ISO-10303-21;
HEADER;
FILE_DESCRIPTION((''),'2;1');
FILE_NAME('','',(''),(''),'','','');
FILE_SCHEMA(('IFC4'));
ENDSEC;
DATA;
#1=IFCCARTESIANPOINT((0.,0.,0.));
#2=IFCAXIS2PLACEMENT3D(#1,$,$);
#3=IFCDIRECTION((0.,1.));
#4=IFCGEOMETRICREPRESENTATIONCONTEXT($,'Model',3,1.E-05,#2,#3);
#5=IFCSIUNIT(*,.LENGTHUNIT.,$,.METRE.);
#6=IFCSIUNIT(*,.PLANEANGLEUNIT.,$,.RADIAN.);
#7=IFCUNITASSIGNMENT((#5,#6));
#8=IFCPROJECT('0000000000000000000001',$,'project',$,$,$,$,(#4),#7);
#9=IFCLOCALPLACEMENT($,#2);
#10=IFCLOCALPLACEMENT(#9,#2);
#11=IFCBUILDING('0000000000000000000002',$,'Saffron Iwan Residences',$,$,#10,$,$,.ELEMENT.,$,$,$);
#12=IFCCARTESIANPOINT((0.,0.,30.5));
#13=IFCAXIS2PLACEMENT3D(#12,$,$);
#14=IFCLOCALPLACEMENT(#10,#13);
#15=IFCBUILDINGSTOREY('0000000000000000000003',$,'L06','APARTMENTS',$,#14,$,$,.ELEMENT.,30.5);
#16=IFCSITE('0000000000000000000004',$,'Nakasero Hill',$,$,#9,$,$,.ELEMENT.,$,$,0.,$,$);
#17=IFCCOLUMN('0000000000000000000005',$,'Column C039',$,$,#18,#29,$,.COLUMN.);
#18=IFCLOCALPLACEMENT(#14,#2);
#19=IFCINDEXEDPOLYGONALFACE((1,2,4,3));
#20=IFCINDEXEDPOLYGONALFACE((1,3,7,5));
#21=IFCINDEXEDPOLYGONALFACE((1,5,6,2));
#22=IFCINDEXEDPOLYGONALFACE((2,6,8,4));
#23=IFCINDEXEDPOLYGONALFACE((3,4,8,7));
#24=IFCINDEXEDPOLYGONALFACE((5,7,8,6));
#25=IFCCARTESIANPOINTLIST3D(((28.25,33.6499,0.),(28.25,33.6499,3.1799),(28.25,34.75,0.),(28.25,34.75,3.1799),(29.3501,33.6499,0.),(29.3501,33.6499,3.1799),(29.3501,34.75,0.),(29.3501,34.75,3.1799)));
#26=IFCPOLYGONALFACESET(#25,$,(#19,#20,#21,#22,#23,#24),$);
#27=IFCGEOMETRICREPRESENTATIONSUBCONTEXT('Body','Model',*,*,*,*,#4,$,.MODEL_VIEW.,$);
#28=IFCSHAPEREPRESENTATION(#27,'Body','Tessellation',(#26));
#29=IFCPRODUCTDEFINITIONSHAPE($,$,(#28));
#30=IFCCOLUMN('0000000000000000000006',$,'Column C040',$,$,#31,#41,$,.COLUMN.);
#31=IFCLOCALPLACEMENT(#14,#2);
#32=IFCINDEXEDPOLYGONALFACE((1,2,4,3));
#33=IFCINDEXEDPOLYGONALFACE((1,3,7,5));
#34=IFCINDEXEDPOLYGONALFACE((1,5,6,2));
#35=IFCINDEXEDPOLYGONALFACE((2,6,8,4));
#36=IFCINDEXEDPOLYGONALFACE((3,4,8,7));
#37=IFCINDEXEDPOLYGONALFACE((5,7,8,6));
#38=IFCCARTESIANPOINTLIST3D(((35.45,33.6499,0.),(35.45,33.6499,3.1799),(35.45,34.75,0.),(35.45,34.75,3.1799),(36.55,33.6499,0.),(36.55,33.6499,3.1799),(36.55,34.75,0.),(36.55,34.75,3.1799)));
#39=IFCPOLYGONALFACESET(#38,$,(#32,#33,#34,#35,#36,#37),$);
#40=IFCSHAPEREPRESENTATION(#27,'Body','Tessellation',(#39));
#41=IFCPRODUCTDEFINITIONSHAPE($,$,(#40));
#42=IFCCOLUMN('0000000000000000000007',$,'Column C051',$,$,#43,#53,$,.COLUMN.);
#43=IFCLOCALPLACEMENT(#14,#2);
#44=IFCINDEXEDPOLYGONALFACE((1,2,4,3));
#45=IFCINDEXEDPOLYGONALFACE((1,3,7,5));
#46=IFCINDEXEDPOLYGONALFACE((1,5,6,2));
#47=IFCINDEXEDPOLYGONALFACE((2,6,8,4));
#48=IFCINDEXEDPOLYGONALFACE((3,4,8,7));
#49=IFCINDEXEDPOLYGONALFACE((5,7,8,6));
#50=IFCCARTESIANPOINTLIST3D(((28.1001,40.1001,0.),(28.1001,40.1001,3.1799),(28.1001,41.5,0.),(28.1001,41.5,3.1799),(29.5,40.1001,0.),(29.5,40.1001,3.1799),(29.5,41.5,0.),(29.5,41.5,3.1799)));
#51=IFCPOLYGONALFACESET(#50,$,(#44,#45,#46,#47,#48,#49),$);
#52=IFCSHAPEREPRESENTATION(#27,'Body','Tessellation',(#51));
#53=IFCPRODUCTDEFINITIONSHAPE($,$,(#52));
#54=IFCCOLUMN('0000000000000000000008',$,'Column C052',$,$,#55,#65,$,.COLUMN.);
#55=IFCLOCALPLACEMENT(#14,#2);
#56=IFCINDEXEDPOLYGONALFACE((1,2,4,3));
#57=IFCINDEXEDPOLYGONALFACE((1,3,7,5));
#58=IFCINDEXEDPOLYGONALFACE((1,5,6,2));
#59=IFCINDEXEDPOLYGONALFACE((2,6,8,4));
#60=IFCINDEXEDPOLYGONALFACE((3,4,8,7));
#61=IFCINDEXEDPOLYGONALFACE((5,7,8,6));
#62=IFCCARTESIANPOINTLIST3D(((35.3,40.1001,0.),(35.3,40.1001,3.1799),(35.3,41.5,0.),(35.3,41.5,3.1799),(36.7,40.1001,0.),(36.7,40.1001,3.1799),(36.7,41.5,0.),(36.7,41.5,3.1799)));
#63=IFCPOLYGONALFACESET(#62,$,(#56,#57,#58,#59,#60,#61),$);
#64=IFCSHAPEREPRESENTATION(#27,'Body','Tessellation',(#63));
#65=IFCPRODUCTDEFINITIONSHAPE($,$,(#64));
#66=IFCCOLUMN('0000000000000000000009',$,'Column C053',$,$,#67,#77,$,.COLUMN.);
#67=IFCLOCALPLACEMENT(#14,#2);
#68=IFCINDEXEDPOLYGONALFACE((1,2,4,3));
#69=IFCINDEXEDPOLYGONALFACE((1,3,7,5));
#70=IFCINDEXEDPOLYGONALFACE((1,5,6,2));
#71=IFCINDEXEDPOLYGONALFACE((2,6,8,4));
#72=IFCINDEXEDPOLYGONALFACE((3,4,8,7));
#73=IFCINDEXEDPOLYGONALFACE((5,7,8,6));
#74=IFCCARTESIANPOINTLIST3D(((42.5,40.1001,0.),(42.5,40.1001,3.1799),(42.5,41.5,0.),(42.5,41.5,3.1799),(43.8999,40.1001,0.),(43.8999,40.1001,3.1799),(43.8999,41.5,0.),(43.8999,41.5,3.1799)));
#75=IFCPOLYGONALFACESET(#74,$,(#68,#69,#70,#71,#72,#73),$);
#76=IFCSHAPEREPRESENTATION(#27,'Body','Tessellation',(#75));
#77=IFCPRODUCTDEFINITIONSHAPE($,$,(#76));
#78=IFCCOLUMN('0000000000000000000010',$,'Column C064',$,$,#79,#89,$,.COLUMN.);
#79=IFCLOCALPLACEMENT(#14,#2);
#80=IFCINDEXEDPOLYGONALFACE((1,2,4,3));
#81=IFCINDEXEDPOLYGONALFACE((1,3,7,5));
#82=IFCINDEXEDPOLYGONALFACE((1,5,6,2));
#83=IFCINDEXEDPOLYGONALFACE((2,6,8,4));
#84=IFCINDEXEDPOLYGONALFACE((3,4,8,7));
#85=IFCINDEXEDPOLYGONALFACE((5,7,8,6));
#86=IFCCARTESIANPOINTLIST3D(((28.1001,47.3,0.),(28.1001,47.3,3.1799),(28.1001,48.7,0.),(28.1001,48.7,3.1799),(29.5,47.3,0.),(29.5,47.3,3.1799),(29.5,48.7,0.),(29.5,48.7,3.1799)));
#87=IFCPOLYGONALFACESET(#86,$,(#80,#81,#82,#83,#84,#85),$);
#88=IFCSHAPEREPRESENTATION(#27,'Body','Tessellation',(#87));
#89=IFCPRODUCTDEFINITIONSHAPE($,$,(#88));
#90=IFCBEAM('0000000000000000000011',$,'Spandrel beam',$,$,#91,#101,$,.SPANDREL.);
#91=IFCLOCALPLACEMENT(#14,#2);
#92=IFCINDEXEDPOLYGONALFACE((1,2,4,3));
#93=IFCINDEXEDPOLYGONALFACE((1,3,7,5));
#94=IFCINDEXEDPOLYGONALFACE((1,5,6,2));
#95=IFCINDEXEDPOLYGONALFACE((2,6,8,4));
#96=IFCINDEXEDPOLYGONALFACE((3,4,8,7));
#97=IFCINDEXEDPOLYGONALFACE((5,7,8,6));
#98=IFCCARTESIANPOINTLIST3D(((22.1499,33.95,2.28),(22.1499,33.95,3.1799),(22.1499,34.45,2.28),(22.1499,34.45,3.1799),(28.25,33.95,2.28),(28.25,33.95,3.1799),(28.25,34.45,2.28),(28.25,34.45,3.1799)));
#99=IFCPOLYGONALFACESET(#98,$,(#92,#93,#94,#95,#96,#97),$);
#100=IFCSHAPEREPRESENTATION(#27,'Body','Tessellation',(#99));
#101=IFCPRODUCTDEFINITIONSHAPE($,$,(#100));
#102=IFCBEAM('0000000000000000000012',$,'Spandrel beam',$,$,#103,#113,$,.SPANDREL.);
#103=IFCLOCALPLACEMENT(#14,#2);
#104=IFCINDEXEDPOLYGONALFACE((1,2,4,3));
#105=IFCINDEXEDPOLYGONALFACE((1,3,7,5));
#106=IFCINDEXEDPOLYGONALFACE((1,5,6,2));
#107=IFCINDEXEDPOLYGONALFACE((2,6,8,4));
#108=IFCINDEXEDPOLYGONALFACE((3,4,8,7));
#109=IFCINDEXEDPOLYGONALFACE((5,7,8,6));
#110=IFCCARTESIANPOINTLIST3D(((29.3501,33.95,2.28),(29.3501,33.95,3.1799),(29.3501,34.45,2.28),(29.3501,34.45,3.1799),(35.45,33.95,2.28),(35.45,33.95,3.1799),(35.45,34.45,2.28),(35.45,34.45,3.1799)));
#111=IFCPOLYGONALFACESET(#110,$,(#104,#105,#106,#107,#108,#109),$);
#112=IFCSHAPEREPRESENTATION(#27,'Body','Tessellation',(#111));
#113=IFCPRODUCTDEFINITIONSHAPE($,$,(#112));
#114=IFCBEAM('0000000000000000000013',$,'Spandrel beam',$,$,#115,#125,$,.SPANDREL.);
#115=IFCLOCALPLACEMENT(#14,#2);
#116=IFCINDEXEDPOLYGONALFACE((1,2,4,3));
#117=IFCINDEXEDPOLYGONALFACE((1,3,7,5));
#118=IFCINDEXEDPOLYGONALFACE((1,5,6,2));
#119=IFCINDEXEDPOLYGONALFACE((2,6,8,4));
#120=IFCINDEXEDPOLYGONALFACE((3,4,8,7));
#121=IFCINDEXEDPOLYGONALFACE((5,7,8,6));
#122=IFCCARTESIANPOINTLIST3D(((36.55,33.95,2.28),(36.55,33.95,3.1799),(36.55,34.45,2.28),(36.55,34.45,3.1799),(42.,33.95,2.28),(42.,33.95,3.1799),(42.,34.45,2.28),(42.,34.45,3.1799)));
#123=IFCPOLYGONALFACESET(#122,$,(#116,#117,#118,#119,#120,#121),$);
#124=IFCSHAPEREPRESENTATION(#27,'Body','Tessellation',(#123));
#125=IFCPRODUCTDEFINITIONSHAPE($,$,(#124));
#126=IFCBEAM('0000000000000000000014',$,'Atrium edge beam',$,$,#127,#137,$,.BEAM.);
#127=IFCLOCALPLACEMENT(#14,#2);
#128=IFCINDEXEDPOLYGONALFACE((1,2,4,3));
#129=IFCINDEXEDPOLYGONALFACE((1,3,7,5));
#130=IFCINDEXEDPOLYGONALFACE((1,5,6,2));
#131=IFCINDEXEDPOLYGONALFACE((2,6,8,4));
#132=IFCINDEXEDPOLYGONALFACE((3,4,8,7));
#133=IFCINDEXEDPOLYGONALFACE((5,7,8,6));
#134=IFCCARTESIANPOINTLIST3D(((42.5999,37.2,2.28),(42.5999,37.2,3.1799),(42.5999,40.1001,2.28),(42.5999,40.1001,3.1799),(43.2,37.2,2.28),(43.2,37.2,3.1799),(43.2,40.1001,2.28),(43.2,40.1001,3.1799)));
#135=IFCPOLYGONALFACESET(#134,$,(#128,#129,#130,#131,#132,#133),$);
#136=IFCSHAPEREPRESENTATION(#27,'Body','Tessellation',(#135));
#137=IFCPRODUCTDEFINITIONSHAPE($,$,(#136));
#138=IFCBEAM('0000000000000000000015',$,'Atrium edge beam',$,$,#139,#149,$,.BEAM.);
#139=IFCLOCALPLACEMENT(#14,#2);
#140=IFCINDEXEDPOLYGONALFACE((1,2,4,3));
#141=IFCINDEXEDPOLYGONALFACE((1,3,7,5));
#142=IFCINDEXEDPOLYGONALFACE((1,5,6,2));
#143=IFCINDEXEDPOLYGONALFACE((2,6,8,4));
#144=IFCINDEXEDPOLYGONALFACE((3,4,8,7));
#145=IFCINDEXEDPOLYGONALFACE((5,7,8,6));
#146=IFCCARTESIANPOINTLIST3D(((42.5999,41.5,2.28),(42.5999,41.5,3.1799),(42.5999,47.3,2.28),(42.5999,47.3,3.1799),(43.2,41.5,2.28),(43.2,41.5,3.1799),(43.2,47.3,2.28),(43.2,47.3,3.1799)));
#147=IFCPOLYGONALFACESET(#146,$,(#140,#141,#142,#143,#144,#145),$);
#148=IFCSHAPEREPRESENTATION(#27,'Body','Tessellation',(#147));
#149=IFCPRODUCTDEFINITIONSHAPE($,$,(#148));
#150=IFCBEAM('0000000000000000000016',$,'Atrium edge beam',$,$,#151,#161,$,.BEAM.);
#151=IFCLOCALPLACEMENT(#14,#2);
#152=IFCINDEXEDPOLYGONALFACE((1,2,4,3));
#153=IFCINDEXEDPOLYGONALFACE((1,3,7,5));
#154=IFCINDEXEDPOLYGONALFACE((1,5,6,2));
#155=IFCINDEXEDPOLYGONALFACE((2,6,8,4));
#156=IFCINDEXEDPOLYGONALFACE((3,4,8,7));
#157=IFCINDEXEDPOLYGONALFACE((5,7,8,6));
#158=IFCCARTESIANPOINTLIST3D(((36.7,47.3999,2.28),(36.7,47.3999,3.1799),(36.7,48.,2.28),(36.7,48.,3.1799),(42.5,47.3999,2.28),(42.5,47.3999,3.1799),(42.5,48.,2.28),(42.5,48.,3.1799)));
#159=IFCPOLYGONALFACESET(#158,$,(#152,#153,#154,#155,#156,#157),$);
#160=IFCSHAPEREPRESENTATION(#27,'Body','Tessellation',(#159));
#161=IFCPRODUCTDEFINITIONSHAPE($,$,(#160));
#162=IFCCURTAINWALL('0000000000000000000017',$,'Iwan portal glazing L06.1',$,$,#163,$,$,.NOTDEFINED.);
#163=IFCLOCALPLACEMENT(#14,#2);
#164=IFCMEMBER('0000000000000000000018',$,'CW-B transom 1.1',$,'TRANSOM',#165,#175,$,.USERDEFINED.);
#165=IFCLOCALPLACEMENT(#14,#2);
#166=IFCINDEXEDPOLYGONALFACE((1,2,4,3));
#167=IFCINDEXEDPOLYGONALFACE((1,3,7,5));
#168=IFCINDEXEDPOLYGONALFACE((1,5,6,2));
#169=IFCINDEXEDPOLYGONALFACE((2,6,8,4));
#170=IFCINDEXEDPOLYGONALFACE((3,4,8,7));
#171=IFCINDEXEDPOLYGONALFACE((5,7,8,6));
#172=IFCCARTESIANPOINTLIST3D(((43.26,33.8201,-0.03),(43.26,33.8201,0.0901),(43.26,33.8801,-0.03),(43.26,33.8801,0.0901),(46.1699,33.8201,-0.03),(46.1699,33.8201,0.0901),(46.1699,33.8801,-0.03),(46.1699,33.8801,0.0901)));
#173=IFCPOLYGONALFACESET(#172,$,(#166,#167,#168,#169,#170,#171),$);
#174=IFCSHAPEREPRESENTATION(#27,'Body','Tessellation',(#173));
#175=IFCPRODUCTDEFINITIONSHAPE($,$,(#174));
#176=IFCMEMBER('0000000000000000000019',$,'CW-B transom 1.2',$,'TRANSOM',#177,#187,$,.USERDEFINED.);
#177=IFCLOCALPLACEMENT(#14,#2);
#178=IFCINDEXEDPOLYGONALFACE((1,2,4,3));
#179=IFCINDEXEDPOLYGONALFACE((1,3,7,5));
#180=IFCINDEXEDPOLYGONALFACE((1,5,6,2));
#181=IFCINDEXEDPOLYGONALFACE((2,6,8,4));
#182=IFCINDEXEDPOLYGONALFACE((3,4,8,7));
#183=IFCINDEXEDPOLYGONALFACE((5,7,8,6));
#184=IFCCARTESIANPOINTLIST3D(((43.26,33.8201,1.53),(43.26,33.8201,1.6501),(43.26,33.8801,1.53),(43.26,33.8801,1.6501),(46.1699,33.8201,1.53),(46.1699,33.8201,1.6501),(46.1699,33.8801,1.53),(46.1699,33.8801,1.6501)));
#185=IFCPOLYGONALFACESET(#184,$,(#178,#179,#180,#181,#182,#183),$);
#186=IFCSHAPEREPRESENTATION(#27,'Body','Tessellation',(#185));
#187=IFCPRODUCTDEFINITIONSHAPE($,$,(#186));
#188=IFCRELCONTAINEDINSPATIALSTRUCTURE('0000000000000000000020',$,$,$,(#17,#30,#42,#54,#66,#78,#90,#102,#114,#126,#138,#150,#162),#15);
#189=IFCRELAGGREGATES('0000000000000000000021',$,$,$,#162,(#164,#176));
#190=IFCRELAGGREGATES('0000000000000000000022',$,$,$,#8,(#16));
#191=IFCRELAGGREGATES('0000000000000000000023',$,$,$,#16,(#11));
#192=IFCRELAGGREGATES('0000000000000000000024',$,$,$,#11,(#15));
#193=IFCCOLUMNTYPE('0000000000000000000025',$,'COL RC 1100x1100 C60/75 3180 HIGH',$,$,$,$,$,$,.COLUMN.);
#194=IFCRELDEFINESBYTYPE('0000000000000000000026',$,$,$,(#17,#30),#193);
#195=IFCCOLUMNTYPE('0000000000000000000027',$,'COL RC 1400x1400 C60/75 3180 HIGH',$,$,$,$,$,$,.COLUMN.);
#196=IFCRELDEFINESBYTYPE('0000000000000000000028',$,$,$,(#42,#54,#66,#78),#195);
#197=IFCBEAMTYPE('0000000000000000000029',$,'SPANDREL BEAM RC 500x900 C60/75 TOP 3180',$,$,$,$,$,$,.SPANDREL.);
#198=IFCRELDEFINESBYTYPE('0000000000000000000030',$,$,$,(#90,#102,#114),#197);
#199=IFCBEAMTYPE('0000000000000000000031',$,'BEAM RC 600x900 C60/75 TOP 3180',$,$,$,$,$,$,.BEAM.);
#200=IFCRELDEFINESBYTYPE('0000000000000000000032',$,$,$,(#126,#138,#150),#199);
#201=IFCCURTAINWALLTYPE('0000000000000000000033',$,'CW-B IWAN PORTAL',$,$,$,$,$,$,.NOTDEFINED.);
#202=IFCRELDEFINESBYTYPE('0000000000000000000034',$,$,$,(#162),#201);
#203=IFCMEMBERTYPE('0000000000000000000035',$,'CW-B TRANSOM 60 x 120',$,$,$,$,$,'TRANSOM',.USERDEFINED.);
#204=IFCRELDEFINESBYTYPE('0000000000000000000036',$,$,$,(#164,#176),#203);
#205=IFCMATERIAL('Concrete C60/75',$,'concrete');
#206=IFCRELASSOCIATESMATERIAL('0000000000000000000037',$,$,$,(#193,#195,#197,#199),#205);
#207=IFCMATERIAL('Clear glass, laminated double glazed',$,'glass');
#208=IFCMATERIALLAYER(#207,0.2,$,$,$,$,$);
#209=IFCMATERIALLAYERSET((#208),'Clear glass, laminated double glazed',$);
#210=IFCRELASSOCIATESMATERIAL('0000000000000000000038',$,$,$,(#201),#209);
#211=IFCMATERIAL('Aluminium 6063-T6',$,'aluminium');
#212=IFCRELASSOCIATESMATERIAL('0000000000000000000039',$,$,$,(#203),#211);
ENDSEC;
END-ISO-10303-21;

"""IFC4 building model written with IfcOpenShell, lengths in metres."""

from ifc_helpers import new_model, si_unit, direction, frame, origin, origin_2d, place, context, subcontext, project, spatial, rectangle, extrude, source, transform, mapped, material, layer, layer_set, material_profile, profile_set, type_object, element, aggregate, save


model = new_model("IFC4")

# Units and contexts
model_context = context("Model", 3, precision=1e-05, world=origin(), true_north=direction((0.0, 1.0)))
body_context = subcontext(model_context, "Body", "Model", "MODEL_VIEW")
ifc_project = project(units=[si_unit("LENGTHUNIT", "METRE"), si_unit("PLANEANGLEUNIT", "RADIAN")], contexts=[model_context])

# Site, building, storey
site_placement = place(None, origin())
site = spatial("IfcSite", under=ifc_project, at=site_placement, Name="Nakasero Hill", CompositionType="ELEMENT", RefElevation=0.0)
building_placement = place(site_placement, origin())
building = spatial("IfcBuilding", under=site, at=building_placement, Name="Saffron Iwan Residences", CompositionType="ELEMENT")
storey_placement = place(building_placement, frame((0.0, 0.0, 30.5)))
storey = spatial("IfcBuildingStorey", under=building, at=storey_placement, Name="L06", Description="APARTMENTS", CompositionType="ELEMENT", Elevation=30.5)

# Columns
ifc_material_1 = material(Name="Concrete C60/75", Category="concrete")
ifc_material_profile_1 = material_profile(ifc_material_1, rectangle(XDim=1.1001, YDim=1.1001, at=origin_2d()), Name="RC 1100x1100")
ifc_profile_set_1 = profile_set([ifc_material_profile_1], Name="Concrete C60/75")
column_type_1 = type_object("IfcColumnType", Name="COL RC 1100x1100 C60/75 3180 HIGH", PredefinedType="COLUMN", material=ifc_profile_set_1)
shared_shape_1 = source(origin(), body_context, "Body", "SweptSolid", [
    extrude(rectangle(XDim=1.1001, YDim=1.1001, at=origin_2d()), origin(), (0.0, 0.0, 1.0), 3.1799),
])
for number, where, z_axis, x_axis, name in (
    (1, (28.8, 34.2, 0.0), (0.0, 0.0, 1.0), (1.0, 0.0, 0.0), "Column C039"),
    (2, (36.0, 34.2, 0.0), (0.0, 0.0, 1.0), (1.0, 0.0, 0.0), "Column C040"),
):
    element("IfcColumn", number, at=place(storey_placement, frame(where, z_axis=z_axis, x_axis=x_axis)), inside=storey, type_object=column_type_1, Name=name, PredefinedType="COLUMN", context=body_context, shape_type="MappedRepresentation", body=[
        mapped(shared_shape_1, transform((0.0, 0.0, 0.0))),
    ])
ifc_material_profile_2 = material_profile(ifc_material_1, rectangle(XDim=1.3999, YDim=1.3999, at=origin_2d()), Name="RC 1400x1400")
ifc_profile_set_2 = profile_set([ifc_material_profile_2], Name="Concrete C60/75")
column_type_2 = type_object("IfcColumnType", Name="COL RC 1400x1400 C60/75 3180 HIGH", PredefinedType="COLUMN", material=ifc_profile_set_2)
shared_shape_2 = source(origin(), body_context, "Body", "SweptSolid", [
    extrude(rectangle(XDim=1.3999, YDim=1.3999, at=origin_2d()), origin(), (0.0, 0.0, 1.0), 3.1799),
])
for number, where, z_axis, x_axis, name in (
    (3, (28.8, 40.8, 0.0), (0.0, 0.0, 1.0), (1.0, 0.0, 0.0), "Column C051"),
    (4, (36.0, 40.8, 0.0), (0.0, 0.0, 1.0), (1.0, 0.0, 0.0), "Column C052"),
    (5, (43.2, 40.8, 0.0), (0.0, 0.0, 1.0), (1.0, 0.0, 0.0), "Column C053"),
    (6, (28.8, 48.0, 0.0), (0.0, 0.0, 1.0), (1.0, 0.0, 0.0), "Column C064"),
):
    element("IfcColumn", number, at=place(storey_placement, frame(where, z_axis=z_axis, x_axis=x_axis)), inside=storey, type_object=column_type_2, Name=name, PredefinedType="COLUMN", context=body_context, shape_type="MappedRepresentation", body=[
        mapped(shared_shape_2, transform((0.0, 0.0, 0.0))),
    ])

# Beams
ifc_material_profile_3 = material_profile(ifc_material_1, rectangle(XDim=0.5, YDim=0.8999, at=origin_2d()), Name="RC 500x900")
ifc_profile_set_3 = profile_set([ifc_material_profile_3], Name="Concrete C60/75")
beam_type_1 = type_object("IfcBeamType", Name="SPANDREL BEAM RC 500x900 C60/75 TOP 3180", PredefinedType="SPANDREL", material=ifc_profile_set_3)
shared_shape_3 = source(origin(), body_context, "Body", "SweptSolid", [
    extrude(rectangle(XDim=0.5, YDim=0.8999, at=origin_2d()), origin(), (0.0, 0.0, 1.0), 6.1001),
])
beam_1_placement = place(storey_placement, frame((28.25, 34.2, 2.73), z_axis=(-1.0, 0.0, 0.0), x_axis=(0.0, -1.0, 0.0)))
element("IfcBeam", 7, at=beam_1_placement, inside=storey, type_object=beam_type_1, Name="Spandrel beam", PredefinedType="SPANDREL", context=body_context, shape_type="MappedRepresentation", body=[
    mapped(shared_shape_3, transform((0.0, 0.0, 0.0))),
])
shared_shape_4 = source(origin(), body_context, "Body", "SweptSolid", [
    extrude(rectangle(XDim=0.5, YDim=0.8999, at=origin_2d()), origin(), (0.0, 0.0, 1.0), 6.0999),
])
beam_2_placement = place(storey_placement, frame((35.45, 34.2, 2.73), z_axis=(-1.0, 0.0, 0.0), x_axis=(0.0, -1.0, 0.0)))
element("IfcBeam", 8, at=beam_2_placement, inside=storey, type_object=beam_type_1, Name="Spandrel beam", PredefinedType="SPANDREL", context=body_context, shape_type="MappedRepresentation", body=[
    mapped(shared_shape_4, transform((0.0, 0.0, 0.0))),
])
shared_shape_5 = source(origin(), body_context, "Body", "SweptSolid", [
    extrude(rectangle(XDim=0.5, YDim=0.8999, at=origin_2d()), origin(), (0.0, 0.0, 1.0), 5.45),
])
beam_3_placement = place(storey_placement, frame((42.0, 34.2, 2.73), z_axis=(-1.0, 0.0, 0.0), x_axis=(0.0, -1.0, 0.0)))
element("IfcBeam", 9, at=beam_3_placement, inside=storey, type_object=beam_type_1, Name="Spandrel beam", PredefinedType="SPANDREL", context=body_context, shape_type="MappedRepresentation", body=[
    mapped(shared_shape_5, transform((0.0, 0.0, 0.0))),
])
ifc_material_profile_4 = material_profile(ifc_material_1, rectangle(XDim=0.6001, YDim=0.8999, at=origin_2d()), Name="RC 600x900")
ifc_profile_set_4 = profile_set([ifc_material_profile_4], Name="Concrete C60/75")
beam_type_2 = type_object("IfcBeamType", Name="BEAM RC 600x900 C60/75 TOP 3180", PredefinedType="BEAM", material=ifc_profile_set_4)
shared_shape_6 = source(origin(), body_context, "Body", "SweptSolid", [
    extrude(rectangle(XDim=0.6001, YDim=0.8999, at=origin_2d()), origin(), (0.0, 0.0, 1.0), 2.9001),
])
beam_4_placement = place(storey_placement, frame((42.8999, 37.2, 2.73), z_axis=(0.0, 1.0, 0.0), x_axis=(-1.0, 0.0, 0.0)))
element("IfcBeam", 10, at=beam_4_placement, inside=storey, type_object=beam_type_2, Name="Atrium edge beam", PredefinedType="BEAM", context=body_context, shape_type="MappedRepresentation", body=[
    mapped(shared_shape_6, transform((0.0, 0.0, 0.0))),
])
shared_shape_7 = source(origin(), body_context, "Body", "SweptSolid", [
    extrude(rectangle(XDim=0.6001, YDim=0.8999, at=origin_2d()), origin(), (0.0, 0.0, 1.0), 5.8),
])
for number, where, z_axis, x_axis, name in (
    (11, (42.8999, 41.5, 2.73), (0.0, 1.0, 0.0), (-1.0, 0.0, 0.0), "Atrium edge beam"),
    (12, (42.5, 47.7, 2.73), (-1.0, 0.0, 0.0), (0.0, -1.0, 0.0), "Atrium edge beam"),
):
    element("IfcBeam", number, at=place(storey_placement, frame(where, z_axis=z_axis, x_axis=x_axis)), inside=storey, type_object=beam_type_2, Name=name, PredefinedType="BEAM", context=body_context, shape_type="MappedRepresentation", body=[
        mapped(shared_shape_7, transform((0.0, 0.0, 0.0))),
    ])

# Curtain wall, members
ifc_material_2 = material(Name="Clear glass, laminated double glazed", Category="glass")
ifc_layer_1 = layer(ifc_material_2, 0.2)
ifc_layer_set_1 = layer_set([ifc_layer_1], Name="Clear glass, laminated double glazed")
curtain_wall_type = type_object("IfcCurtainWallType", Name="CW-B IWAN PORTAL", PredefinedType="NOTDEFINED", material=ifc_layer_set_1)
curtain_wall_placement = place(storey_placement, origin())
curtain_wall = element("IfcCurtainWall", 13, at=curtain_wall_placement, inside=storey, type_object=curtain_wall_type, Name="Iwan portal glazing L06.1", PredefinedType="NOTDEFINED")
ifc_material_3 = material(Name="Aluminium 6063-T6", Category="aluminium")
ifc_material_profile_5 = material_profile(ifc_material_3, rectangle(XDim=0.0601, YDim=0.1201, at=origin_2d()), Name="CW-B TRANSOM 60 x 120")
ifc_profile_set_5 = profile_set([ifc_material_profile_5], Name="Aluminium 6063-T6")
member_type = type_object("IfcMemberType", Name="CW-B TRANSOM 60 x 120", ElementType="TRANSOM", PredefinedType="USERDEFINED", material=ifc_profile_set_5)
shared_shape_8 = source(origin(), body_context, "Body", "SweptSolid", [
    extrude(rectangle(XDim=0.0601, YDim=0.1201, at=origin_2d()), origin(), (0.0, 0.0, 1.0), 2.9099),
])
member_1_placement = place(storey_placement, frame((43.26, 33.8501, 0.03), z_axis=(1.0, 0.0, 0.0), x_axis=(0.0, 1.0, 0.0)))
member_1 = element("IfcMember", 14, at=member_1_placement, type_object=member_type, Name="CW-B transom 1.1", ObjectType="TRANSOM", PredefinedType="USERDEFINED", context=body_context, shape_type="MappedRepresentation", body=[
    mapped(shared_shape_8, transform((0.0, 0.0, 0.0))),
])
member_2_placement = place(storey_placement, frame((43.26, 33.8501, 1.5901), z_axis=(1.0, 0.0, 0.0), x_axis=(0.0, 1.0, 0.0)))
member_2 = element("IfcMember", 15, at=member_2_placement, type_object=member_type, Name="CW-B transom 1.2", ObjectType="TRANSOM", PredefinedType="USERDEFINED", context=body_context, shape_type="MappedRepresentation", body=[
    mapped(shared_shape_8, transform((0.0, 0.0, 0.0))),
])
aggregate(curtain_wall, [member_1, member_2])

save(model, "model.ifc")
